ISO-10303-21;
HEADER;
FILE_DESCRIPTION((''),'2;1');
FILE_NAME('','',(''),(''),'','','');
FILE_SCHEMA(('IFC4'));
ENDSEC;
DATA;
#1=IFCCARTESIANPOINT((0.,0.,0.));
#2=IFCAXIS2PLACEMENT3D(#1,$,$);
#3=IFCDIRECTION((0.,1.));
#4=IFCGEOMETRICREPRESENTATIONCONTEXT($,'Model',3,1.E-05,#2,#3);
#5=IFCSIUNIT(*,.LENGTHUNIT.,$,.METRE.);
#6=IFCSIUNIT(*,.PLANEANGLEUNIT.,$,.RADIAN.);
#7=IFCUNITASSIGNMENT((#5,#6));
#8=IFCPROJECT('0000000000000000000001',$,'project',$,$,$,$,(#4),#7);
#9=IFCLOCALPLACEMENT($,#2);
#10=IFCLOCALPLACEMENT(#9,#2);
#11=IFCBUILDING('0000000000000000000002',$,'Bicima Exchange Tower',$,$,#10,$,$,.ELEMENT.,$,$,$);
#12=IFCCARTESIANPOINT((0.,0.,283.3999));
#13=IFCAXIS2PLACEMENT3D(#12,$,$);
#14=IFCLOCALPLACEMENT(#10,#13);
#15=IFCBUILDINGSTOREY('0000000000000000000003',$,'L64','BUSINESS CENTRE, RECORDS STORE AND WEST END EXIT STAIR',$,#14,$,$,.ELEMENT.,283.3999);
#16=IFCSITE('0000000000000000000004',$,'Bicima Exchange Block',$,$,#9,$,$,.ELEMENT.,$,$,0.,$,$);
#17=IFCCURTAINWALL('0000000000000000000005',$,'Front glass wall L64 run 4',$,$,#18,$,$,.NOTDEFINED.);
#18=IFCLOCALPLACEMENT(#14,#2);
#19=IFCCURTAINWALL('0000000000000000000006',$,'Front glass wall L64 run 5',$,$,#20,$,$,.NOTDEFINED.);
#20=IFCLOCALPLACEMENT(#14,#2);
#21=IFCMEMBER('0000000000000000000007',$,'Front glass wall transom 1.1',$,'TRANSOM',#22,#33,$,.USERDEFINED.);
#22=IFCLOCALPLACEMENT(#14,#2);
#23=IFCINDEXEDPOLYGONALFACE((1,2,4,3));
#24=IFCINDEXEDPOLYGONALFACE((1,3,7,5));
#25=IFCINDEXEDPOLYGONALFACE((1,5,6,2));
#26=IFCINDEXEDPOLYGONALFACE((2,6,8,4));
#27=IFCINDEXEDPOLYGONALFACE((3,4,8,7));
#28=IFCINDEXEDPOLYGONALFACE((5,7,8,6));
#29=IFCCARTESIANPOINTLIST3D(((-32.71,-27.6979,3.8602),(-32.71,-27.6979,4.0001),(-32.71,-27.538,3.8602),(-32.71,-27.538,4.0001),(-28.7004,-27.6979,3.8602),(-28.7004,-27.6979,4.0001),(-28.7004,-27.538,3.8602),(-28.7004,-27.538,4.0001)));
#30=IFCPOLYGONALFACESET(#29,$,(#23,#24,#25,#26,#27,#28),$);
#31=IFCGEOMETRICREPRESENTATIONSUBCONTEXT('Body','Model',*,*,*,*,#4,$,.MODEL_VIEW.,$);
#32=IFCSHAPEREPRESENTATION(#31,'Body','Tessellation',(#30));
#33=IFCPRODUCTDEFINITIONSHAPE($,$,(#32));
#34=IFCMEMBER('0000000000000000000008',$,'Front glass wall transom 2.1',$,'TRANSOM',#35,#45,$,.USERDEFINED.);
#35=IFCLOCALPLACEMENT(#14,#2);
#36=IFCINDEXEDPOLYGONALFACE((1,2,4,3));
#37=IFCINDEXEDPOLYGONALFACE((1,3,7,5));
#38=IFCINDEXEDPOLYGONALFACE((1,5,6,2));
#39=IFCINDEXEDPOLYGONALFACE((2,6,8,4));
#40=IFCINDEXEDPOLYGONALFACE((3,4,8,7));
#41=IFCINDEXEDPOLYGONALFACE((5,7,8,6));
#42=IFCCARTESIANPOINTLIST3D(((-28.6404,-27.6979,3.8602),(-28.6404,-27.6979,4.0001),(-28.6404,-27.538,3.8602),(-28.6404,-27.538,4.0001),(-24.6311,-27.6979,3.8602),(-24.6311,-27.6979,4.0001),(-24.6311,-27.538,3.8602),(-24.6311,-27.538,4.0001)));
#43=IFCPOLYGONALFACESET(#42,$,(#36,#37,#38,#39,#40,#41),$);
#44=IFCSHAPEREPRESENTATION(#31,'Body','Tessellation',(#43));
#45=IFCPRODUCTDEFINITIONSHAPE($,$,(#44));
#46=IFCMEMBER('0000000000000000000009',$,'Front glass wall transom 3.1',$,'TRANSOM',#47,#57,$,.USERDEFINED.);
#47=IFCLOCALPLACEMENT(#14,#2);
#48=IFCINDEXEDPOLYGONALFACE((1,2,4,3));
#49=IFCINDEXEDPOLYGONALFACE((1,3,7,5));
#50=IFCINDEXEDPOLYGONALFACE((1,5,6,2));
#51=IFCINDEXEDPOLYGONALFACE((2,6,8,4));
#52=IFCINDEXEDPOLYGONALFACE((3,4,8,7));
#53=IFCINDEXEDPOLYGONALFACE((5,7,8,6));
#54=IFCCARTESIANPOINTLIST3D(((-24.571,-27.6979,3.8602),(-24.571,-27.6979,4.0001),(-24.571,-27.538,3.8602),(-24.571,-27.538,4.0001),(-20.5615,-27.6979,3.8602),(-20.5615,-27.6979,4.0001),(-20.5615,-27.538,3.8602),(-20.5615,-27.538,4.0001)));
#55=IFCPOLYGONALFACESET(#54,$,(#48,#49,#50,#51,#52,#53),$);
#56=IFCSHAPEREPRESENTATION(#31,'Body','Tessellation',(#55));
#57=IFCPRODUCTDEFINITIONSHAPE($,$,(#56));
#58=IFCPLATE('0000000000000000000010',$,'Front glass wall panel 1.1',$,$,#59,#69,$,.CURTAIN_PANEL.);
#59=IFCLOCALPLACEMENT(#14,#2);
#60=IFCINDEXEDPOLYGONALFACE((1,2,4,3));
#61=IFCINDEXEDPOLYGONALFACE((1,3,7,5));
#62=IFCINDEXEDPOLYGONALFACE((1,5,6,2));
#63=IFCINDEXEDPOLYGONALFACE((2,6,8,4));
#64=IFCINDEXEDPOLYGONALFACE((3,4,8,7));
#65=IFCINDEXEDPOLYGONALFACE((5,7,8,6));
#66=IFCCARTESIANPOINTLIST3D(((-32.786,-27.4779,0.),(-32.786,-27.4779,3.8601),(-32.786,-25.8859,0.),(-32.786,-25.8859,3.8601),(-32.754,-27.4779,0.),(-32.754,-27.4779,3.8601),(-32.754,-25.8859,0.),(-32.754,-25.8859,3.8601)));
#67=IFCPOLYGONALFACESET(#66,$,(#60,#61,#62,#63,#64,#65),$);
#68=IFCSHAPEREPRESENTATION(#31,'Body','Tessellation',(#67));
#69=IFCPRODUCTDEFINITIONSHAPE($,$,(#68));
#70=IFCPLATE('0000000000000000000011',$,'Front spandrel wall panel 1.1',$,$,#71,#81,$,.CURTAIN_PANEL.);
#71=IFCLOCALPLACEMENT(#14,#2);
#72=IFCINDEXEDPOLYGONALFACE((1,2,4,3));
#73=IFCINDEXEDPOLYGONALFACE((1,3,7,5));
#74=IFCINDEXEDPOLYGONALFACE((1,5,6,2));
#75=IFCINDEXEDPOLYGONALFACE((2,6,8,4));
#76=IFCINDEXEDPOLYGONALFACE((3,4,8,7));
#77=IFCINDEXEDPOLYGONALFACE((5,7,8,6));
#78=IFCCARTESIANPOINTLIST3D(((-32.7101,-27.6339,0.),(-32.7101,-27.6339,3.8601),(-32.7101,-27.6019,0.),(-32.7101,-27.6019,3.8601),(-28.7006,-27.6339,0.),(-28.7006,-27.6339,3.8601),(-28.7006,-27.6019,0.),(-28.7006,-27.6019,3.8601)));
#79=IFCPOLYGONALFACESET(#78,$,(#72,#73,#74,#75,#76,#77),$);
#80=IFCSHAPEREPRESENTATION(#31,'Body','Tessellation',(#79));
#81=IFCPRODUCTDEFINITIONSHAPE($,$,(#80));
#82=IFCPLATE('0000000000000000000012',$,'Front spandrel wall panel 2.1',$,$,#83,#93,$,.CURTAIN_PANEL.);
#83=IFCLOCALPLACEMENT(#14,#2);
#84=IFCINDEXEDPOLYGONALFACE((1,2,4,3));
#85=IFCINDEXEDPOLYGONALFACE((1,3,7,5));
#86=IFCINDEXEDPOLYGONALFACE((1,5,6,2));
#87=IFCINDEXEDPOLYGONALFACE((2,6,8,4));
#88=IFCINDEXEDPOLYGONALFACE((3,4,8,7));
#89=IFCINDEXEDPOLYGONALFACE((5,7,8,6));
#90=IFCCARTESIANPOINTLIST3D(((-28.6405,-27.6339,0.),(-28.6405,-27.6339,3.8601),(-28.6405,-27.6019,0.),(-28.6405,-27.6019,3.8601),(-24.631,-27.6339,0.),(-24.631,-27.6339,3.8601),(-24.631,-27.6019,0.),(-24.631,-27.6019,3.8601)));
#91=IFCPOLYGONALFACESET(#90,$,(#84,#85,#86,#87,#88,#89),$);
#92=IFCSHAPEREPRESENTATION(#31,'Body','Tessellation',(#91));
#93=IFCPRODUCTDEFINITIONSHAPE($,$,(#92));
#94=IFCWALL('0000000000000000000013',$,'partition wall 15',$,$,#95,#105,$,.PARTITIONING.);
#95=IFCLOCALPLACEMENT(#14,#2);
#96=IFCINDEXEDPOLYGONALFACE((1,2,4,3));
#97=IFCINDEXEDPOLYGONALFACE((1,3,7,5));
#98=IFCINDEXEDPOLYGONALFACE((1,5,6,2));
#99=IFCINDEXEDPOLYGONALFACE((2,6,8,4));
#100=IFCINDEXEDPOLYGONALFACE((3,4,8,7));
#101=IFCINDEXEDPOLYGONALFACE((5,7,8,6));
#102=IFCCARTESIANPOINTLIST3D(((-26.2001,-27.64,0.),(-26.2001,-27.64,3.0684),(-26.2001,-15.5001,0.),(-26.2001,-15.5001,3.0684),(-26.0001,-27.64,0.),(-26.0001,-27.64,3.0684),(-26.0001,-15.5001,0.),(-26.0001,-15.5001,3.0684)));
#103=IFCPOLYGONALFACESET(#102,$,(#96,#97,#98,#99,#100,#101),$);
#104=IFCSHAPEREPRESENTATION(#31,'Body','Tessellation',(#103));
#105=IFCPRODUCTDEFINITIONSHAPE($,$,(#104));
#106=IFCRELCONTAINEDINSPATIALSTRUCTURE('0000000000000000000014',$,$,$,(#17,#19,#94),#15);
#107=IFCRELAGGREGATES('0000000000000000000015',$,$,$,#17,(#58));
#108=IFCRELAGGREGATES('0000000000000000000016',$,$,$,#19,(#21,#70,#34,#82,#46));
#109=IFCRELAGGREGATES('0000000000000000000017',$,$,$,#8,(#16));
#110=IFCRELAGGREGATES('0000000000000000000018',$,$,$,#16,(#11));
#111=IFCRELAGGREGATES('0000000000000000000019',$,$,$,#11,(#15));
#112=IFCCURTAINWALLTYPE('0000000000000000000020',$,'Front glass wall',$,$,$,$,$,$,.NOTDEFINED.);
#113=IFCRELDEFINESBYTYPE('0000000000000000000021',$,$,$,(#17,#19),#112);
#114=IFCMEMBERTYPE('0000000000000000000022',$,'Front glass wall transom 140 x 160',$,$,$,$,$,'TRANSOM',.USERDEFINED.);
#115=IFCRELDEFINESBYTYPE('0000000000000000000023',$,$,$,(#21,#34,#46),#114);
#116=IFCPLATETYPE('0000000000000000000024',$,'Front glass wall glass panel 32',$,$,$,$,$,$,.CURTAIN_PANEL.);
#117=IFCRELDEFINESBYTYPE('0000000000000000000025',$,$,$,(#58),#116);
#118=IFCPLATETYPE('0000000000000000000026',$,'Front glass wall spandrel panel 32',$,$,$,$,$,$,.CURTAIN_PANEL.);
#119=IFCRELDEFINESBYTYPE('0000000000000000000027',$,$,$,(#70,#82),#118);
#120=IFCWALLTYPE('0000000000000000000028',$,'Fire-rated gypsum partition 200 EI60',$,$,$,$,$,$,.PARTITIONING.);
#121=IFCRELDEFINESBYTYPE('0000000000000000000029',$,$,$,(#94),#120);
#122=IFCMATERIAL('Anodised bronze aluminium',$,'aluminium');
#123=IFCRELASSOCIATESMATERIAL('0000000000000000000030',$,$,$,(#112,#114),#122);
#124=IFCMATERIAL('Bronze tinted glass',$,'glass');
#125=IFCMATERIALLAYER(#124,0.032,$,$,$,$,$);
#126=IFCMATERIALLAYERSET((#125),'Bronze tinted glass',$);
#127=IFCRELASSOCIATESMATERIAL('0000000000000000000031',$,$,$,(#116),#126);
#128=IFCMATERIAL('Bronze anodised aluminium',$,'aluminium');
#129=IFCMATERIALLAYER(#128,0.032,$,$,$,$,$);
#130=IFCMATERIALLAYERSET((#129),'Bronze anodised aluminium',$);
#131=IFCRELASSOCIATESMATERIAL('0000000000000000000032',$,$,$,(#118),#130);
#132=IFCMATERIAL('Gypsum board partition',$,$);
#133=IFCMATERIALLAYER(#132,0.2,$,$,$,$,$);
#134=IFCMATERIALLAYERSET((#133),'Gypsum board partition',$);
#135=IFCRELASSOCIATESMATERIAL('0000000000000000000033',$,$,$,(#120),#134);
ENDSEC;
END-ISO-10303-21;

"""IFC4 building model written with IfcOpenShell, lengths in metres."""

from ifc_helpers import new_model, si_unit, direction, frame, frame_2d, origin, origin_2d, place, context, subcontext, project, spatial, rectangle, extrude, material, layer, layer_set, material_profile, profile_set, type_object, element, aggregate, save


model = new_model("IFC4")

# Units and contexts
model_context = context("Model", 3, precision=1e-05, world=origin(), true_north=direction((0.0, 1.0)))
body_context = subcontext(model_context, "Body", "Model", "MODEL_VIEW")
ifc_project = project(units=[si_unit("LENGTHUNIT", "METRE"), si_unit("PLANEANGLEUNIT", "RADIAN")], contexts=[model_context])

# Site, building, storey
site_placement = place(None, origin())
site = spatial("IfcSite", under=ifc_project, at=site_placement, Name="Bicima Exchange Block", CompositionType="ELEMENT", RefElevation=0.0)
building_placement = place(site_placement, origin())
building = spatial("IfcBuilding", under=site, at=building_placement, Name="Bicima Exchange Tower", CompositionType="ELEMENT")
storey_placement = place(building_placement, frame((0.0, 0.0, 283.3999)))
storey = spatial("IfcBuildingStorey", under=building, at=storey_placement, Name="L64", Description="BUSINESS CENTRE, RECORDS STORE AND WEST END EXIT STAIR", CompositionType="ELEMENT", Elevation=283.3999)

# Curtain walls
ifc_material_1 = material(Name="Anodised bronze aluminium", Category="aluminium")
curtain_wall_type = type_object("IfcCurtainWallType", Name="Front glass wall", PredefinedType="NOTDEFINED", material=ifc_material_1)
curtain_wall_1_placement = place(storey_placement, origin())
curtain_wall_1 = element("IfcCurtainWall", 1, at=curtain_wall_1_placement, inside=storey, type_object=curtain_wall_type, Name="Front glass wall L64 run 4", PredefinedType="NOTDEFINED")
curtain_wall_2_placement = place(storey_placement, origin())
curtain_wall_2 = element("IfcCurtainWall", 2, at=curtain_wall_2_placement, inside=storey, type_object=curtain_wall_type, Name="Front glass wall L64 run 5", PredefinedType="NOTDEFINED")

# Members
ifc_material_profile_1 = material_profile(ifc_material_1, rectangle(XDim=0.1599, YDim=0.1399, at=origin_2d()))
ifc_profile_set_1 = profile_set([ifc_material_profile_1], Name="Anodised bronze aluminium")
member_type_1 = type_object("IfcMemberType", Name="Front glass wall transom 140 x 160", ElementType="TRANSOM", PredefinedType="USERDEFINED", material=ifc_profile_set_1)
member_1_placement = place(storey_placement, frame((-32.71, -27.6179, 3.9302), z_axis=(1.0, 0.0, 0.0), x_axis=(0.0, 1.0, 0.0)))
member_1 = element("IfcMember", 3, at=member_1_placement, type_object=member_type_1, Name="Front glass wall transom 1.1", ObjectType="TRANSOM", PredefinedType="USERDEFINED", context=body_context, shape_type="SweptSolid", body=[
    extrude(rectangle(XDim=0.1599, YDim=0.1399, at=origin_2d()), origin(), (0.0, 0.0, 1.0), 4.0095),
])
member_2_placement = place(storey_placement, frame((-28.6404, -27.6179, 3.9302), z_axis=(1.0, 0.0, 0.0), x_axis=(0.0, 1.0, 0.0)))
member_2 = element("IfcMember", 4, at=member_2_placement, type_object=member_type_1, Name="Front glass wall transom 2.1", ObjectType="TRANSOM", PredefinedType="USERDEFINED", context=body_context, shape_type="SweptSolid", body=[
    extrude(rectangle(XDim=0.1599, YDim=0.1399, at=origin_2d()), origin(), (0.0, 0.0, 1.0), 4.0093),
])
member_3_placement = place(storey_placement, frame((-24.571, -27.6179, 3.9302), z_axis=(1.0, 0.0, 0.0), x_axis=(0.0, 1.0, 0.0)))
member_3 = element("IfcMember", 5, at=member_3_placement, type_object=member_type_1, Name="Front glass wall transom 3.1", ObjectType="TRANSOM", PredefinedType="USERDEFINED", context=body_context, shape_type="SweptSolid", body=[
    extrude(rectangle(XDim=0.1599, YDim=0.1399, at=origin_2d()), origin(), (0.0, 0.0, 1.0), 4.0095),
])

# Plates
ifc_material_2 = material(Name="Bronze tinted glass", Category="glass")
ifc_layer_1 = layer(ifc_material_2, 0.032)
ifc_layer_set_1 = layer_set([ifc_layer_1], Name="Bronze tinted glass")
plate_type_1 = type_object("IfcPlateType", Name="Front glass wall glass panel 32", PredefinedType="CURTAIN_PANEL", material=ifc_layer_set_1)
plate_1_placement = place(storey_placement, frame((-32.77, -26.6819, 0.0), z_axis=(0.0, 0.0, 1.0), x_axis=(0.0, -1.0, 0.0)))
plate_1 = element("IfcPlate", 6, at=plate_1_placement, type_object=plate_type_1, Name="Front glass wall panel 1.1", PredefinedType="CURTAIN_PANEL", context=body_context, shape_type="SweptSolid", body=[
    extrude(rectangle(XDim=1.592, YDim=0.032, at=origin_2d()), origin(), (0.0, 0.0, 1.0), 3.8601),
])
aggregate(curtain_wall_1, [plate_1])
ifc_material_3 = material(Name="Bronze anodised aluminium", Category="aluminium")
ifc_layer_2 = layer(ifc_material_3, 0.032)
ifc_layer_set_2 = layer_set([ifc_layer_2], Name="Bronze anodised aluminium")
plate_type_2 = type_object("IfcPlateType", Name="Front glass wall spandrel panel 32", PredefinedType="CURTAIN_PANEL", material=ifc_layer_set_2)
plate_2_placement = place(storey_placement, frame((-30.7053, -27.6179, 0.0), z_axis=(0.0, 0.0, 1.0), x_axis=(1.0, 0.0, 0.0)))
plate_2 = element("IfcPlate", 7, at=plate_2_placement, type_object=plate_type_2, Name="Front spandrel wall panel 1.1", PredefinedType="CURTAIN_PANEL", context=body_context, shape_type="SweptSolid", body=[
    extrude(rectangle(XDim=4.0095, YDim=0.032, at=origin_2d()), origin(), (0.0, 0.0, 1.0), 3.8601),
])
plate_3_placement = place(storey_placement, frame((-26.6357, -27.6179, 0.0), z_axis=(0.0, 0.0, 1.0), x_axis=(1.0, 0.0, 0.0)))
plate_3 = element("IfcPlate", 8, at=plate_3_placement, type_object=plate_type_2, Name="Front spandrel wall panel 2.1", PredefinedType="CURTAIN_PANEL", context=body_context, shape_type="SweptSolid", body=[
    extrude(rectangle(XDim=4.0095, YDim=0.032, at=origin_2d()), origin(), (0.0, 0.0, 1.0), 3.8601),
])
aggregate(curtain_wall_2, [member_1, plate_2, member_2, plate_3, member_3])

# Wall
ifc_material_4 = material(Name="Gypsum board partition")
ifc_layer_3 = layer(ifc_material_4, 0.2)
ifc_layer_set_3 = layer_set([ifc_layer_3], Name="Gypsum board partition")
wall_type = type_object("IfcWallType", Name="Fire-rated gypsum partition 200 EI60", PredefinedType="PARTITIONING", material=ifc_layer_set_3)
wall_placement = place(storey_placement, frame((-26.1001, -27.6399, 0.0), z_axis=(0.0, 0.0, 1.0), x_axis=(0.0, 1.0, 0.0)))
element("IfcWall", 9, at=wall_placement, inside=storey, type_object=wall_type, Name="partition wall 15", PredefinedType="PARTITIONING", context=body_context, shape_type="SweptSolid", body=[
    extrude(rectangle(XDim=12.1399, YDim=0.2, at=frame_2d((6.0698, 0.0))), origin(), (0.0, 0.0, 1.0), 3.0684),
])

save(model, "model.ifc")
